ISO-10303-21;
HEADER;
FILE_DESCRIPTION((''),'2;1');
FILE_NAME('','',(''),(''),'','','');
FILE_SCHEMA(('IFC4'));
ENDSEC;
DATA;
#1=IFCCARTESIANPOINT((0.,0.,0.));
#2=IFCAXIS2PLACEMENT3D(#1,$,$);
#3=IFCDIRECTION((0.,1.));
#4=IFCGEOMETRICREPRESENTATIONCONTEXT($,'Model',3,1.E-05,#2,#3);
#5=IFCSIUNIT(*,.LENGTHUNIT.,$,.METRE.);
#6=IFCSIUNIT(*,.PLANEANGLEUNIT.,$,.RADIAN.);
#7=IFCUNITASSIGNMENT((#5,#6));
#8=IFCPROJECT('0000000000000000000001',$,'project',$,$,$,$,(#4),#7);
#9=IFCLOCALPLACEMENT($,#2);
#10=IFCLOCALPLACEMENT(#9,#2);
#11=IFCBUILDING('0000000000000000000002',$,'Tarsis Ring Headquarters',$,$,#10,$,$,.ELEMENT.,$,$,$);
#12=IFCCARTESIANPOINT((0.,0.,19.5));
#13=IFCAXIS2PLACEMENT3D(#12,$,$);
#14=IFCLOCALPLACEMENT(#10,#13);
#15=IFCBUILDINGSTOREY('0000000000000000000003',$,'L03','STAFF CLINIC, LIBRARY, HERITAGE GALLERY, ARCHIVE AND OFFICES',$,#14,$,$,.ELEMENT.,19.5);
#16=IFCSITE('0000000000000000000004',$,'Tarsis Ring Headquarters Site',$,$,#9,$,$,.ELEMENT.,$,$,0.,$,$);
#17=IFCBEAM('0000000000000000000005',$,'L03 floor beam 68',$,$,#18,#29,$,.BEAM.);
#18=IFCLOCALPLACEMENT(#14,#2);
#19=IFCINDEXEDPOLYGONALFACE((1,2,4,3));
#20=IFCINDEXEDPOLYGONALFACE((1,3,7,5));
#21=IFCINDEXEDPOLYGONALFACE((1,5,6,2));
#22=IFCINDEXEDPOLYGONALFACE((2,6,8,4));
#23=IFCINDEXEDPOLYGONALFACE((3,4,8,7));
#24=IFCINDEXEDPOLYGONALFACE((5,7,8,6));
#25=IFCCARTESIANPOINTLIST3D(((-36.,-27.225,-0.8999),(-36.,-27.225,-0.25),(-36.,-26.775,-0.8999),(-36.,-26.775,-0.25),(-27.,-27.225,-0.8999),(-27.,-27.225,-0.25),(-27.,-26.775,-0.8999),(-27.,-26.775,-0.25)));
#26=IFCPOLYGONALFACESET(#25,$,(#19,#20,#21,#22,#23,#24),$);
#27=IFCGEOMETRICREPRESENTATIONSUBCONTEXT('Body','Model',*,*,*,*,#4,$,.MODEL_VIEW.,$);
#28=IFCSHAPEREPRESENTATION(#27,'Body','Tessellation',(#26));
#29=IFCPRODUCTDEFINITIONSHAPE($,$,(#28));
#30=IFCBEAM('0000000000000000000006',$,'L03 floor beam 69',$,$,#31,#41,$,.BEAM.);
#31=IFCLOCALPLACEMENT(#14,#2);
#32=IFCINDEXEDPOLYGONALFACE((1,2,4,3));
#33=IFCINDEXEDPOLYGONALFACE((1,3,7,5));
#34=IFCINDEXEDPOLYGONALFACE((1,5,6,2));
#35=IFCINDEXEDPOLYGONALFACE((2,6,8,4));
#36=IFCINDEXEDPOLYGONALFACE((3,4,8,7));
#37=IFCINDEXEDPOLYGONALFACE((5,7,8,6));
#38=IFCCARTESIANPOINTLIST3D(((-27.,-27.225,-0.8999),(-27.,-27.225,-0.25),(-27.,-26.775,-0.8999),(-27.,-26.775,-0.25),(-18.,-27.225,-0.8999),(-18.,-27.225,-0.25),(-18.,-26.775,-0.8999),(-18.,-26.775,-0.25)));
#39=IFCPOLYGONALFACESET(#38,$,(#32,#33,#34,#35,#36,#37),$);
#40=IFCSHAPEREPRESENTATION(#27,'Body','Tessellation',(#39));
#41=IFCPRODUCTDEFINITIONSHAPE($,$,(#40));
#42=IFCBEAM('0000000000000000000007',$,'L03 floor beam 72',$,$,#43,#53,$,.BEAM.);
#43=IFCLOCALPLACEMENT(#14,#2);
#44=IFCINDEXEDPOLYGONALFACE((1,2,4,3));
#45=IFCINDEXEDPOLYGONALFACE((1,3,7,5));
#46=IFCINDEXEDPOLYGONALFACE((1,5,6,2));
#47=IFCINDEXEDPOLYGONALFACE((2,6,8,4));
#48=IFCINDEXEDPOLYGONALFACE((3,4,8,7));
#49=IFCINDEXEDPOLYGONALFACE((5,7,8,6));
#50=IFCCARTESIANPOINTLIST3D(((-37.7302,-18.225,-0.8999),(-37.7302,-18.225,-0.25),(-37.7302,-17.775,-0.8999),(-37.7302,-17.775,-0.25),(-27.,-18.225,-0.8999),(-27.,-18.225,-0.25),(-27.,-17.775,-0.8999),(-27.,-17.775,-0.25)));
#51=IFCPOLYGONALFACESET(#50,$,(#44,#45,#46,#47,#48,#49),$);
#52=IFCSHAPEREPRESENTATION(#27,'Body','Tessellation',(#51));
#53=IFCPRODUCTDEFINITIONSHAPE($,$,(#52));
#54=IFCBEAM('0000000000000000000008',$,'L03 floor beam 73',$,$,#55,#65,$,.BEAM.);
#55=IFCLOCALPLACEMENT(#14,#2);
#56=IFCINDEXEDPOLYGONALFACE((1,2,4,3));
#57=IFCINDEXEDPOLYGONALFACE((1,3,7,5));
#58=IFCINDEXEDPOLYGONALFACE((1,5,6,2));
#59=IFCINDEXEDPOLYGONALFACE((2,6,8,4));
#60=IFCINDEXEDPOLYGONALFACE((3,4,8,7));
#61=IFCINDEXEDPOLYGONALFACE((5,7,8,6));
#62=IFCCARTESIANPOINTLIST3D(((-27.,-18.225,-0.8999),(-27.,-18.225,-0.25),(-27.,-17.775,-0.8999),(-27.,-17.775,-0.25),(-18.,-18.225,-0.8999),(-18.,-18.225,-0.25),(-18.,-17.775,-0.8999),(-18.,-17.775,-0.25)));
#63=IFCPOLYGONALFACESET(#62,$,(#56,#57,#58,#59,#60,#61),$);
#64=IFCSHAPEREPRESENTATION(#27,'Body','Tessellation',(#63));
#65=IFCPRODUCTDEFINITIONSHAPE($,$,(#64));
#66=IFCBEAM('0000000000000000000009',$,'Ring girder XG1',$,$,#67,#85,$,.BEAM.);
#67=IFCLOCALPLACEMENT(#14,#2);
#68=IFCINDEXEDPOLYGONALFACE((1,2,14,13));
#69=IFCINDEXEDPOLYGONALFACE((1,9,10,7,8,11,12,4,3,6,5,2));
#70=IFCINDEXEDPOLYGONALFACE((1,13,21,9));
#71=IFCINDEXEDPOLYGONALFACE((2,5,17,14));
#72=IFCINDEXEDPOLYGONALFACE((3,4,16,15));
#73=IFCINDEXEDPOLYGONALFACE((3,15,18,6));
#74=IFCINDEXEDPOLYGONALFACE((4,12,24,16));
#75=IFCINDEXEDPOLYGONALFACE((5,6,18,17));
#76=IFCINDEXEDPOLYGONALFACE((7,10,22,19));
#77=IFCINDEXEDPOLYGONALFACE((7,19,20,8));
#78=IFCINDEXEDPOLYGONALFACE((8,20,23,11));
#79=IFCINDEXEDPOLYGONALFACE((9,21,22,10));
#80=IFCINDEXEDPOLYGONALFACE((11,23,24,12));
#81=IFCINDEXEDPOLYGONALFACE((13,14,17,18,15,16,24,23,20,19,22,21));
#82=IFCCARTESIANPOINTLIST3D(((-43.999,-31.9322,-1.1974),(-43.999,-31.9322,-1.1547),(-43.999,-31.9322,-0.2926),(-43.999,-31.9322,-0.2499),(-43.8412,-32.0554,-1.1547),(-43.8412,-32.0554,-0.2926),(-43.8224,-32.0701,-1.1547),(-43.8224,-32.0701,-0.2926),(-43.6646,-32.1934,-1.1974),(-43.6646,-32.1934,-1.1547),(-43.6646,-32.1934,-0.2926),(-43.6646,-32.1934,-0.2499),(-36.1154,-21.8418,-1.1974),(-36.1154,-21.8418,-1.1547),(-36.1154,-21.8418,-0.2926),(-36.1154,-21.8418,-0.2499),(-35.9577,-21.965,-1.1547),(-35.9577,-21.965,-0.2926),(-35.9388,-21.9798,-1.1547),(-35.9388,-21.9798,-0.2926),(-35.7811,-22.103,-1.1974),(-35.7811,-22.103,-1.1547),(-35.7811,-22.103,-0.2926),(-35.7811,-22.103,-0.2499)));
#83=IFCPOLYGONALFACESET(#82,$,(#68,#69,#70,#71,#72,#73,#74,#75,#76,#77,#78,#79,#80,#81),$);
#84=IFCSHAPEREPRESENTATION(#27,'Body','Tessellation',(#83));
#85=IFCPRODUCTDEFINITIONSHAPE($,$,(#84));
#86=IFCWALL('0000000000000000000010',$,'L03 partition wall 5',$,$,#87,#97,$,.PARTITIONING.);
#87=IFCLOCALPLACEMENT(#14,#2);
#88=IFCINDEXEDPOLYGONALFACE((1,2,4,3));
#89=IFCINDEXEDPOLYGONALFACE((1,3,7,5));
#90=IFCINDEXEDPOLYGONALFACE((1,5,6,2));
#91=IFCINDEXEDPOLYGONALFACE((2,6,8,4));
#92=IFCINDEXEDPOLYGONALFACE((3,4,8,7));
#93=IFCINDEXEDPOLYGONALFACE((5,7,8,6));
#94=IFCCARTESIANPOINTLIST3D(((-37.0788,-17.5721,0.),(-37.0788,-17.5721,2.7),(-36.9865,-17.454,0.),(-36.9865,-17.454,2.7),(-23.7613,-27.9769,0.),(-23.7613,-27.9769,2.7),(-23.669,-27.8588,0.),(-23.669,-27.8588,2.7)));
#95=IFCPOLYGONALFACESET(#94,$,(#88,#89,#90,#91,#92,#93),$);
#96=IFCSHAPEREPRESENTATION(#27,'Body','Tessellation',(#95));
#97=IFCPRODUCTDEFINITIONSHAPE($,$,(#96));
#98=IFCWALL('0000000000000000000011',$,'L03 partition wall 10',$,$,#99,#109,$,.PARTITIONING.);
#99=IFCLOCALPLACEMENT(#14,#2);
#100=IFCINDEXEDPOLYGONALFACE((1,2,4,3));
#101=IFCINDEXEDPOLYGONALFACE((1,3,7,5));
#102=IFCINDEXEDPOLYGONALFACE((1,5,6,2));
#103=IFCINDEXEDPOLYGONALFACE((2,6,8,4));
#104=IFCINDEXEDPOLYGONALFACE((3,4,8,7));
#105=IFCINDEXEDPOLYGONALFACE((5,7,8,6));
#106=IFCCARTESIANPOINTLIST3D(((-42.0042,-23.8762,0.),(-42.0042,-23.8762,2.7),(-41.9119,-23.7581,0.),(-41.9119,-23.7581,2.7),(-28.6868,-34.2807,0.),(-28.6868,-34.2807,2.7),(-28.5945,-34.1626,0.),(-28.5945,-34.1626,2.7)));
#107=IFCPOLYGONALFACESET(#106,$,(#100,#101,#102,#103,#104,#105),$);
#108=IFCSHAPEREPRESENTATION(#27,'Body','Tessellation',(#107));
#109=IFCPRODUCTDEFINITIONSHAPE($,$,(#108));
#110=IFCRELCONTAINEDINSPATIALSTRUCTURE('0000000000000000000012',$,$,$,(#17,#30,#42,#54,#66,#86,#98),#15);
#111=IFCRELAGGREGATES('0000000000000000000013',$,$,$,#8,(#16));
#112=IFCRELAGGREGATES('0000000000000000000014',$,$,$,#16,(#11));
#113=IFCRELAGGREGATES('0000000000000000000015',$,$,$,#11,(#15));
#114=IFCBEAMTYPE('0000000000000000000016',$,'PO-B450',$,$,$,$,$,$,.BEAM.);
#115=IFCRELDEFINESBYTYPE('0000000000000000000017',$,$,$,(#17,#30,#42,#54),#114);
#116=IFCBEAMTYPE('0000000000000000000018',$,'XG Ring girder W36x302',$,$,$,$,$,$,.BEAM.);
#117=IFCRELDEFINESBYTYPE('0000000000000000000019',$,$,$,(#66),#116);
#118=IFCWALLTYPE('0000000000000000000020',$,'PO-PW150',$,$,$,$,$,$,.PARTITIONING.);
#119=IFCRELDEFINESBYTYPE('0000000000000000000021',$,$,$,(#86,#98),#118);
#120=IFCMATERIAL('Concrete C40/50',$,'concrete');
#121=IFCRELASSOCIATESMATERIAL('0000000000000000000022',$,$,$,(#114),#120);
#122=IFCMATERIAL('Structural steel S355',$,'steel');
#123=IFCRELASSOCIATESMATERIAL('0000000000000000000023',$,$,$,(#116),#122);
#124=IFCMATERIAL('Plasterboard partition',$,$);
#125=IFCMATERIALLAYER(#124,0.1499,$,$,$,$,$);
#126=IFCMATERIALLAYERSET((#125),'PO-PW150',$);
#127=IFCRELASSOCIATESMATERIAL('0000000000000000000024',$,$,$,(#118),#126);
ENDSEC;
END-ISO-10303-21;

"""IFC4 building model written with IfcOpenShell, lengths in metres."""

from ifc_helpers import new_model, si_unit, direction, frame, frame_2d, origin, origin_2d, place, context, subcontext, project, spatial, rectangle, i_section, extrude, material, layer, layer_set, material_profile, profile_set, type_object, element, save


model = new_model("IFC4")

# Units and contexts
model_context = context("Model", 3, precision=1e-05, world=origin(), true_north=direction((0.0, 1.0)))
body_context = subcontext(model_context, "Body", "Model", "MODEL_VIEW")
ifc_project = project(units=[si_unit("LENGTHUNIT", "METRE"), si_unit("PLANEANGLEUNIT", "RADIAN")], contexts=[model_context])

# Site, building, storey
site_placement = place(None, origin())
site = spatial("IfcSite", under=ifc_project, at=site_placement, Name="Tarsis Ring Headquarters Site", CompositionType="ELEMENT", RefElevation=0.0)
building_placement = place(site_placement, origin())
building = spatial("IfcBuilding", under=site, at=building_placement, Name="Tarsis Ring Headquarters", CompositionType="ELEMENT")
storey_placement = place(building_placement, frame((0.0, 0.0, 19.5)))
storey = spatial("IfcBuildingStorey", under=building, at=storey_placement, Name="L03", Description="STAFF CLINIC, LIBRARY, HERITAGE GALLERY, ARCHIVE AND OFFICES", CompositionType="ELEMENT", Elevation=19.5)

# Beams
ifc_material_1 = material(Name="Concrete C40/50", Category="concrete")
ifc_material_profile_1 = material_profile(ifc_material_1, rectangle(XDim=0.45, YDim=0.6499, at=origin_2d()), Name="PO-B450")
ifc_profile_set_1 = profile_set([ifc_material_profile_1], Name="Concrete C40/50")
beam_type_1 = type_object("IfcBeamType", Name="PO-B450", PredefinedType="BEAM", material=ifc_profile_set_1)
for number, where, z_axis, x_axis, name in (
    (1, (-36.0, -27.0, -0.575), (1.0, 0.0, 0.0), (0.0, 1.0, 0.0), "L03 floor beam 68"),
    (2, (-27.0, -27.0, -0.575), (1.0, 0.0, 0.0), (0.0, 1.0, 0.0), "L03 floor beam 69"),
):
    element("IfcBeam", number, at=place(storey_placement, frame(where, z_axis=z_axis, x_axis=x_axis)), inside=storey, type_object=beam_type_1, Name=name, PredefinedType="BEAM", context=body_context, shape_type="SweptSolid", body=[
        extrude(rectangle(XDim=0.45, YDim=0.6499, at=origin_2d()), origin(), (0.0, 0.0, 1.0), 9.0),
    ])
beam_1_placement = place(storey_placement, frame((-37.7302, -18.0, -0.575), z_axis=(1.0, 0.0, 0.0), x_axis=(0.0, 1.0, 0.0)))
element("IfcBeam", 3, at=beam_1_placement, inside=storey, type_object=beam_type_1, Name="L03 floor beam 72", PredefinedType="BEAM", context=body_context, shape_type="SweptSolid", body=[
    extrude(rectangle(XDim=0.45, YDim=0.6499, at=origin_2d()), origin(), (0.0, 0.0, 1.0), 10.7302),
])
beam_2_placement = place(storey_placement, frame((-27.0, -18.0, -0.575), z_axis=(1.0, 0.0, 0.0), x_axis=(0.0, 1.0, 0.0)))
element("IfcBeam", 4, at=beam_2_placement, inside=storey, type_object=beam_type_1, Name="L03 floor beam 73", PredefinedType="BEAM", context=body_context, shape_type="SweptSolid", body=[
    extrude(rectangle(XDim=0.45, YDim=0.6499, at=origin_2d()), origin(), (0.0, 0.0, 1.0), 9.0),
])
ifc_material_2 = material(Name="Structural steel S355", Category="steel")
ifc_material_profile_2 = material_profile(ifc_material_2, i_section(OverallWidth=0.4243, OverallDepth=0.9475, WebThickness=0.0239, FlangeThickness=0.0427, at=origin_2d()), Name="W36x302")
ifc_profile_set_2 = profile_set([ifc_material_profile_2], Name="Structural steel S355")
beam_type_2 = type_object("IfcBeamType", Name="XG Ring girder W36x302", PredefinedType="BEAM", material=ifc_profile_set_2)
beam_3_placement = place(storey_placement, frame((-35.9482, -21.9724, -0.7236), z_axis=(-0.615667, -0.788006, 0.0), x_axis=(0.788006, -0.615667, 0.0)))
element("IfcBeam", 5, at=beam_3_placement, inside=storey, type_object=beam_type_2, Name="Ring girder XG1", PredefinedType="BEAM", context=body_context, shape_type="SweptSolid", body=[
    extrude(i_section(OverallWidth=0.4243, OverallDepth=0.9475, WebThickness=0.0239, FlangeThickness=0.0427, at=origin_2d()), origin(), (0.0, 0.0, 1.0), 12.8049),
])

# Walls
ifc_material_3 = material(Name="Plasterboard partition")
ifc_layer = layer(ifc_material_3, 0.1499)
ifc_layer_set = layer_set([ifc_layer], Name="PO-PW150")
wall_type = type_object("IfcWallType", Name="PO-PW150", PredefinedType="PARTITIONING", material=ifc_layer_set)
wall_1_placement = place(storey_placement, frame((-37.0327, -17.5129, 0.0), z_axis=(0.0, 0.0, 1.0), x_axis=(0.788008, -0.615665, 0.0)))
element("IfcWall", 6, at=wall_1_placement, inside=storey, type_object=wall_type, Name="L03 partition wall 5", PredefinedType="PARTITIONING", context=body_context, shape_type="SweptSolid", body=[
    extrude(rectangle(XDim=16.9001, YDim=0.1499, at=frame_2d((8.4502, 0.0))), origin(), (0.0, 0.0, 1.0), 2.7),
])
wall_2_placement = place(storey_placement, frame((-41.958, -23.8171, 0.0), z_axis=(0.0, 0.0, 1.0), x_axis=(0.788015, -0.615656, 0.0)))
element("IfcWall", 7, at=wall_2_placement, inside=storey, type_object=wall_type, Name="L03 partition wall 10", PredefinedType="PARTITIONING", context=body_context, shape_type="SweptSolid", body=[
    extrude(rectangle(XDim=16.8999, YDim=0.1499, at=frame_2d((8.45, 0.0))), origin(), (0.0, 0.0, 1.0), 2.7),
])

save(model, "model.ifc")
